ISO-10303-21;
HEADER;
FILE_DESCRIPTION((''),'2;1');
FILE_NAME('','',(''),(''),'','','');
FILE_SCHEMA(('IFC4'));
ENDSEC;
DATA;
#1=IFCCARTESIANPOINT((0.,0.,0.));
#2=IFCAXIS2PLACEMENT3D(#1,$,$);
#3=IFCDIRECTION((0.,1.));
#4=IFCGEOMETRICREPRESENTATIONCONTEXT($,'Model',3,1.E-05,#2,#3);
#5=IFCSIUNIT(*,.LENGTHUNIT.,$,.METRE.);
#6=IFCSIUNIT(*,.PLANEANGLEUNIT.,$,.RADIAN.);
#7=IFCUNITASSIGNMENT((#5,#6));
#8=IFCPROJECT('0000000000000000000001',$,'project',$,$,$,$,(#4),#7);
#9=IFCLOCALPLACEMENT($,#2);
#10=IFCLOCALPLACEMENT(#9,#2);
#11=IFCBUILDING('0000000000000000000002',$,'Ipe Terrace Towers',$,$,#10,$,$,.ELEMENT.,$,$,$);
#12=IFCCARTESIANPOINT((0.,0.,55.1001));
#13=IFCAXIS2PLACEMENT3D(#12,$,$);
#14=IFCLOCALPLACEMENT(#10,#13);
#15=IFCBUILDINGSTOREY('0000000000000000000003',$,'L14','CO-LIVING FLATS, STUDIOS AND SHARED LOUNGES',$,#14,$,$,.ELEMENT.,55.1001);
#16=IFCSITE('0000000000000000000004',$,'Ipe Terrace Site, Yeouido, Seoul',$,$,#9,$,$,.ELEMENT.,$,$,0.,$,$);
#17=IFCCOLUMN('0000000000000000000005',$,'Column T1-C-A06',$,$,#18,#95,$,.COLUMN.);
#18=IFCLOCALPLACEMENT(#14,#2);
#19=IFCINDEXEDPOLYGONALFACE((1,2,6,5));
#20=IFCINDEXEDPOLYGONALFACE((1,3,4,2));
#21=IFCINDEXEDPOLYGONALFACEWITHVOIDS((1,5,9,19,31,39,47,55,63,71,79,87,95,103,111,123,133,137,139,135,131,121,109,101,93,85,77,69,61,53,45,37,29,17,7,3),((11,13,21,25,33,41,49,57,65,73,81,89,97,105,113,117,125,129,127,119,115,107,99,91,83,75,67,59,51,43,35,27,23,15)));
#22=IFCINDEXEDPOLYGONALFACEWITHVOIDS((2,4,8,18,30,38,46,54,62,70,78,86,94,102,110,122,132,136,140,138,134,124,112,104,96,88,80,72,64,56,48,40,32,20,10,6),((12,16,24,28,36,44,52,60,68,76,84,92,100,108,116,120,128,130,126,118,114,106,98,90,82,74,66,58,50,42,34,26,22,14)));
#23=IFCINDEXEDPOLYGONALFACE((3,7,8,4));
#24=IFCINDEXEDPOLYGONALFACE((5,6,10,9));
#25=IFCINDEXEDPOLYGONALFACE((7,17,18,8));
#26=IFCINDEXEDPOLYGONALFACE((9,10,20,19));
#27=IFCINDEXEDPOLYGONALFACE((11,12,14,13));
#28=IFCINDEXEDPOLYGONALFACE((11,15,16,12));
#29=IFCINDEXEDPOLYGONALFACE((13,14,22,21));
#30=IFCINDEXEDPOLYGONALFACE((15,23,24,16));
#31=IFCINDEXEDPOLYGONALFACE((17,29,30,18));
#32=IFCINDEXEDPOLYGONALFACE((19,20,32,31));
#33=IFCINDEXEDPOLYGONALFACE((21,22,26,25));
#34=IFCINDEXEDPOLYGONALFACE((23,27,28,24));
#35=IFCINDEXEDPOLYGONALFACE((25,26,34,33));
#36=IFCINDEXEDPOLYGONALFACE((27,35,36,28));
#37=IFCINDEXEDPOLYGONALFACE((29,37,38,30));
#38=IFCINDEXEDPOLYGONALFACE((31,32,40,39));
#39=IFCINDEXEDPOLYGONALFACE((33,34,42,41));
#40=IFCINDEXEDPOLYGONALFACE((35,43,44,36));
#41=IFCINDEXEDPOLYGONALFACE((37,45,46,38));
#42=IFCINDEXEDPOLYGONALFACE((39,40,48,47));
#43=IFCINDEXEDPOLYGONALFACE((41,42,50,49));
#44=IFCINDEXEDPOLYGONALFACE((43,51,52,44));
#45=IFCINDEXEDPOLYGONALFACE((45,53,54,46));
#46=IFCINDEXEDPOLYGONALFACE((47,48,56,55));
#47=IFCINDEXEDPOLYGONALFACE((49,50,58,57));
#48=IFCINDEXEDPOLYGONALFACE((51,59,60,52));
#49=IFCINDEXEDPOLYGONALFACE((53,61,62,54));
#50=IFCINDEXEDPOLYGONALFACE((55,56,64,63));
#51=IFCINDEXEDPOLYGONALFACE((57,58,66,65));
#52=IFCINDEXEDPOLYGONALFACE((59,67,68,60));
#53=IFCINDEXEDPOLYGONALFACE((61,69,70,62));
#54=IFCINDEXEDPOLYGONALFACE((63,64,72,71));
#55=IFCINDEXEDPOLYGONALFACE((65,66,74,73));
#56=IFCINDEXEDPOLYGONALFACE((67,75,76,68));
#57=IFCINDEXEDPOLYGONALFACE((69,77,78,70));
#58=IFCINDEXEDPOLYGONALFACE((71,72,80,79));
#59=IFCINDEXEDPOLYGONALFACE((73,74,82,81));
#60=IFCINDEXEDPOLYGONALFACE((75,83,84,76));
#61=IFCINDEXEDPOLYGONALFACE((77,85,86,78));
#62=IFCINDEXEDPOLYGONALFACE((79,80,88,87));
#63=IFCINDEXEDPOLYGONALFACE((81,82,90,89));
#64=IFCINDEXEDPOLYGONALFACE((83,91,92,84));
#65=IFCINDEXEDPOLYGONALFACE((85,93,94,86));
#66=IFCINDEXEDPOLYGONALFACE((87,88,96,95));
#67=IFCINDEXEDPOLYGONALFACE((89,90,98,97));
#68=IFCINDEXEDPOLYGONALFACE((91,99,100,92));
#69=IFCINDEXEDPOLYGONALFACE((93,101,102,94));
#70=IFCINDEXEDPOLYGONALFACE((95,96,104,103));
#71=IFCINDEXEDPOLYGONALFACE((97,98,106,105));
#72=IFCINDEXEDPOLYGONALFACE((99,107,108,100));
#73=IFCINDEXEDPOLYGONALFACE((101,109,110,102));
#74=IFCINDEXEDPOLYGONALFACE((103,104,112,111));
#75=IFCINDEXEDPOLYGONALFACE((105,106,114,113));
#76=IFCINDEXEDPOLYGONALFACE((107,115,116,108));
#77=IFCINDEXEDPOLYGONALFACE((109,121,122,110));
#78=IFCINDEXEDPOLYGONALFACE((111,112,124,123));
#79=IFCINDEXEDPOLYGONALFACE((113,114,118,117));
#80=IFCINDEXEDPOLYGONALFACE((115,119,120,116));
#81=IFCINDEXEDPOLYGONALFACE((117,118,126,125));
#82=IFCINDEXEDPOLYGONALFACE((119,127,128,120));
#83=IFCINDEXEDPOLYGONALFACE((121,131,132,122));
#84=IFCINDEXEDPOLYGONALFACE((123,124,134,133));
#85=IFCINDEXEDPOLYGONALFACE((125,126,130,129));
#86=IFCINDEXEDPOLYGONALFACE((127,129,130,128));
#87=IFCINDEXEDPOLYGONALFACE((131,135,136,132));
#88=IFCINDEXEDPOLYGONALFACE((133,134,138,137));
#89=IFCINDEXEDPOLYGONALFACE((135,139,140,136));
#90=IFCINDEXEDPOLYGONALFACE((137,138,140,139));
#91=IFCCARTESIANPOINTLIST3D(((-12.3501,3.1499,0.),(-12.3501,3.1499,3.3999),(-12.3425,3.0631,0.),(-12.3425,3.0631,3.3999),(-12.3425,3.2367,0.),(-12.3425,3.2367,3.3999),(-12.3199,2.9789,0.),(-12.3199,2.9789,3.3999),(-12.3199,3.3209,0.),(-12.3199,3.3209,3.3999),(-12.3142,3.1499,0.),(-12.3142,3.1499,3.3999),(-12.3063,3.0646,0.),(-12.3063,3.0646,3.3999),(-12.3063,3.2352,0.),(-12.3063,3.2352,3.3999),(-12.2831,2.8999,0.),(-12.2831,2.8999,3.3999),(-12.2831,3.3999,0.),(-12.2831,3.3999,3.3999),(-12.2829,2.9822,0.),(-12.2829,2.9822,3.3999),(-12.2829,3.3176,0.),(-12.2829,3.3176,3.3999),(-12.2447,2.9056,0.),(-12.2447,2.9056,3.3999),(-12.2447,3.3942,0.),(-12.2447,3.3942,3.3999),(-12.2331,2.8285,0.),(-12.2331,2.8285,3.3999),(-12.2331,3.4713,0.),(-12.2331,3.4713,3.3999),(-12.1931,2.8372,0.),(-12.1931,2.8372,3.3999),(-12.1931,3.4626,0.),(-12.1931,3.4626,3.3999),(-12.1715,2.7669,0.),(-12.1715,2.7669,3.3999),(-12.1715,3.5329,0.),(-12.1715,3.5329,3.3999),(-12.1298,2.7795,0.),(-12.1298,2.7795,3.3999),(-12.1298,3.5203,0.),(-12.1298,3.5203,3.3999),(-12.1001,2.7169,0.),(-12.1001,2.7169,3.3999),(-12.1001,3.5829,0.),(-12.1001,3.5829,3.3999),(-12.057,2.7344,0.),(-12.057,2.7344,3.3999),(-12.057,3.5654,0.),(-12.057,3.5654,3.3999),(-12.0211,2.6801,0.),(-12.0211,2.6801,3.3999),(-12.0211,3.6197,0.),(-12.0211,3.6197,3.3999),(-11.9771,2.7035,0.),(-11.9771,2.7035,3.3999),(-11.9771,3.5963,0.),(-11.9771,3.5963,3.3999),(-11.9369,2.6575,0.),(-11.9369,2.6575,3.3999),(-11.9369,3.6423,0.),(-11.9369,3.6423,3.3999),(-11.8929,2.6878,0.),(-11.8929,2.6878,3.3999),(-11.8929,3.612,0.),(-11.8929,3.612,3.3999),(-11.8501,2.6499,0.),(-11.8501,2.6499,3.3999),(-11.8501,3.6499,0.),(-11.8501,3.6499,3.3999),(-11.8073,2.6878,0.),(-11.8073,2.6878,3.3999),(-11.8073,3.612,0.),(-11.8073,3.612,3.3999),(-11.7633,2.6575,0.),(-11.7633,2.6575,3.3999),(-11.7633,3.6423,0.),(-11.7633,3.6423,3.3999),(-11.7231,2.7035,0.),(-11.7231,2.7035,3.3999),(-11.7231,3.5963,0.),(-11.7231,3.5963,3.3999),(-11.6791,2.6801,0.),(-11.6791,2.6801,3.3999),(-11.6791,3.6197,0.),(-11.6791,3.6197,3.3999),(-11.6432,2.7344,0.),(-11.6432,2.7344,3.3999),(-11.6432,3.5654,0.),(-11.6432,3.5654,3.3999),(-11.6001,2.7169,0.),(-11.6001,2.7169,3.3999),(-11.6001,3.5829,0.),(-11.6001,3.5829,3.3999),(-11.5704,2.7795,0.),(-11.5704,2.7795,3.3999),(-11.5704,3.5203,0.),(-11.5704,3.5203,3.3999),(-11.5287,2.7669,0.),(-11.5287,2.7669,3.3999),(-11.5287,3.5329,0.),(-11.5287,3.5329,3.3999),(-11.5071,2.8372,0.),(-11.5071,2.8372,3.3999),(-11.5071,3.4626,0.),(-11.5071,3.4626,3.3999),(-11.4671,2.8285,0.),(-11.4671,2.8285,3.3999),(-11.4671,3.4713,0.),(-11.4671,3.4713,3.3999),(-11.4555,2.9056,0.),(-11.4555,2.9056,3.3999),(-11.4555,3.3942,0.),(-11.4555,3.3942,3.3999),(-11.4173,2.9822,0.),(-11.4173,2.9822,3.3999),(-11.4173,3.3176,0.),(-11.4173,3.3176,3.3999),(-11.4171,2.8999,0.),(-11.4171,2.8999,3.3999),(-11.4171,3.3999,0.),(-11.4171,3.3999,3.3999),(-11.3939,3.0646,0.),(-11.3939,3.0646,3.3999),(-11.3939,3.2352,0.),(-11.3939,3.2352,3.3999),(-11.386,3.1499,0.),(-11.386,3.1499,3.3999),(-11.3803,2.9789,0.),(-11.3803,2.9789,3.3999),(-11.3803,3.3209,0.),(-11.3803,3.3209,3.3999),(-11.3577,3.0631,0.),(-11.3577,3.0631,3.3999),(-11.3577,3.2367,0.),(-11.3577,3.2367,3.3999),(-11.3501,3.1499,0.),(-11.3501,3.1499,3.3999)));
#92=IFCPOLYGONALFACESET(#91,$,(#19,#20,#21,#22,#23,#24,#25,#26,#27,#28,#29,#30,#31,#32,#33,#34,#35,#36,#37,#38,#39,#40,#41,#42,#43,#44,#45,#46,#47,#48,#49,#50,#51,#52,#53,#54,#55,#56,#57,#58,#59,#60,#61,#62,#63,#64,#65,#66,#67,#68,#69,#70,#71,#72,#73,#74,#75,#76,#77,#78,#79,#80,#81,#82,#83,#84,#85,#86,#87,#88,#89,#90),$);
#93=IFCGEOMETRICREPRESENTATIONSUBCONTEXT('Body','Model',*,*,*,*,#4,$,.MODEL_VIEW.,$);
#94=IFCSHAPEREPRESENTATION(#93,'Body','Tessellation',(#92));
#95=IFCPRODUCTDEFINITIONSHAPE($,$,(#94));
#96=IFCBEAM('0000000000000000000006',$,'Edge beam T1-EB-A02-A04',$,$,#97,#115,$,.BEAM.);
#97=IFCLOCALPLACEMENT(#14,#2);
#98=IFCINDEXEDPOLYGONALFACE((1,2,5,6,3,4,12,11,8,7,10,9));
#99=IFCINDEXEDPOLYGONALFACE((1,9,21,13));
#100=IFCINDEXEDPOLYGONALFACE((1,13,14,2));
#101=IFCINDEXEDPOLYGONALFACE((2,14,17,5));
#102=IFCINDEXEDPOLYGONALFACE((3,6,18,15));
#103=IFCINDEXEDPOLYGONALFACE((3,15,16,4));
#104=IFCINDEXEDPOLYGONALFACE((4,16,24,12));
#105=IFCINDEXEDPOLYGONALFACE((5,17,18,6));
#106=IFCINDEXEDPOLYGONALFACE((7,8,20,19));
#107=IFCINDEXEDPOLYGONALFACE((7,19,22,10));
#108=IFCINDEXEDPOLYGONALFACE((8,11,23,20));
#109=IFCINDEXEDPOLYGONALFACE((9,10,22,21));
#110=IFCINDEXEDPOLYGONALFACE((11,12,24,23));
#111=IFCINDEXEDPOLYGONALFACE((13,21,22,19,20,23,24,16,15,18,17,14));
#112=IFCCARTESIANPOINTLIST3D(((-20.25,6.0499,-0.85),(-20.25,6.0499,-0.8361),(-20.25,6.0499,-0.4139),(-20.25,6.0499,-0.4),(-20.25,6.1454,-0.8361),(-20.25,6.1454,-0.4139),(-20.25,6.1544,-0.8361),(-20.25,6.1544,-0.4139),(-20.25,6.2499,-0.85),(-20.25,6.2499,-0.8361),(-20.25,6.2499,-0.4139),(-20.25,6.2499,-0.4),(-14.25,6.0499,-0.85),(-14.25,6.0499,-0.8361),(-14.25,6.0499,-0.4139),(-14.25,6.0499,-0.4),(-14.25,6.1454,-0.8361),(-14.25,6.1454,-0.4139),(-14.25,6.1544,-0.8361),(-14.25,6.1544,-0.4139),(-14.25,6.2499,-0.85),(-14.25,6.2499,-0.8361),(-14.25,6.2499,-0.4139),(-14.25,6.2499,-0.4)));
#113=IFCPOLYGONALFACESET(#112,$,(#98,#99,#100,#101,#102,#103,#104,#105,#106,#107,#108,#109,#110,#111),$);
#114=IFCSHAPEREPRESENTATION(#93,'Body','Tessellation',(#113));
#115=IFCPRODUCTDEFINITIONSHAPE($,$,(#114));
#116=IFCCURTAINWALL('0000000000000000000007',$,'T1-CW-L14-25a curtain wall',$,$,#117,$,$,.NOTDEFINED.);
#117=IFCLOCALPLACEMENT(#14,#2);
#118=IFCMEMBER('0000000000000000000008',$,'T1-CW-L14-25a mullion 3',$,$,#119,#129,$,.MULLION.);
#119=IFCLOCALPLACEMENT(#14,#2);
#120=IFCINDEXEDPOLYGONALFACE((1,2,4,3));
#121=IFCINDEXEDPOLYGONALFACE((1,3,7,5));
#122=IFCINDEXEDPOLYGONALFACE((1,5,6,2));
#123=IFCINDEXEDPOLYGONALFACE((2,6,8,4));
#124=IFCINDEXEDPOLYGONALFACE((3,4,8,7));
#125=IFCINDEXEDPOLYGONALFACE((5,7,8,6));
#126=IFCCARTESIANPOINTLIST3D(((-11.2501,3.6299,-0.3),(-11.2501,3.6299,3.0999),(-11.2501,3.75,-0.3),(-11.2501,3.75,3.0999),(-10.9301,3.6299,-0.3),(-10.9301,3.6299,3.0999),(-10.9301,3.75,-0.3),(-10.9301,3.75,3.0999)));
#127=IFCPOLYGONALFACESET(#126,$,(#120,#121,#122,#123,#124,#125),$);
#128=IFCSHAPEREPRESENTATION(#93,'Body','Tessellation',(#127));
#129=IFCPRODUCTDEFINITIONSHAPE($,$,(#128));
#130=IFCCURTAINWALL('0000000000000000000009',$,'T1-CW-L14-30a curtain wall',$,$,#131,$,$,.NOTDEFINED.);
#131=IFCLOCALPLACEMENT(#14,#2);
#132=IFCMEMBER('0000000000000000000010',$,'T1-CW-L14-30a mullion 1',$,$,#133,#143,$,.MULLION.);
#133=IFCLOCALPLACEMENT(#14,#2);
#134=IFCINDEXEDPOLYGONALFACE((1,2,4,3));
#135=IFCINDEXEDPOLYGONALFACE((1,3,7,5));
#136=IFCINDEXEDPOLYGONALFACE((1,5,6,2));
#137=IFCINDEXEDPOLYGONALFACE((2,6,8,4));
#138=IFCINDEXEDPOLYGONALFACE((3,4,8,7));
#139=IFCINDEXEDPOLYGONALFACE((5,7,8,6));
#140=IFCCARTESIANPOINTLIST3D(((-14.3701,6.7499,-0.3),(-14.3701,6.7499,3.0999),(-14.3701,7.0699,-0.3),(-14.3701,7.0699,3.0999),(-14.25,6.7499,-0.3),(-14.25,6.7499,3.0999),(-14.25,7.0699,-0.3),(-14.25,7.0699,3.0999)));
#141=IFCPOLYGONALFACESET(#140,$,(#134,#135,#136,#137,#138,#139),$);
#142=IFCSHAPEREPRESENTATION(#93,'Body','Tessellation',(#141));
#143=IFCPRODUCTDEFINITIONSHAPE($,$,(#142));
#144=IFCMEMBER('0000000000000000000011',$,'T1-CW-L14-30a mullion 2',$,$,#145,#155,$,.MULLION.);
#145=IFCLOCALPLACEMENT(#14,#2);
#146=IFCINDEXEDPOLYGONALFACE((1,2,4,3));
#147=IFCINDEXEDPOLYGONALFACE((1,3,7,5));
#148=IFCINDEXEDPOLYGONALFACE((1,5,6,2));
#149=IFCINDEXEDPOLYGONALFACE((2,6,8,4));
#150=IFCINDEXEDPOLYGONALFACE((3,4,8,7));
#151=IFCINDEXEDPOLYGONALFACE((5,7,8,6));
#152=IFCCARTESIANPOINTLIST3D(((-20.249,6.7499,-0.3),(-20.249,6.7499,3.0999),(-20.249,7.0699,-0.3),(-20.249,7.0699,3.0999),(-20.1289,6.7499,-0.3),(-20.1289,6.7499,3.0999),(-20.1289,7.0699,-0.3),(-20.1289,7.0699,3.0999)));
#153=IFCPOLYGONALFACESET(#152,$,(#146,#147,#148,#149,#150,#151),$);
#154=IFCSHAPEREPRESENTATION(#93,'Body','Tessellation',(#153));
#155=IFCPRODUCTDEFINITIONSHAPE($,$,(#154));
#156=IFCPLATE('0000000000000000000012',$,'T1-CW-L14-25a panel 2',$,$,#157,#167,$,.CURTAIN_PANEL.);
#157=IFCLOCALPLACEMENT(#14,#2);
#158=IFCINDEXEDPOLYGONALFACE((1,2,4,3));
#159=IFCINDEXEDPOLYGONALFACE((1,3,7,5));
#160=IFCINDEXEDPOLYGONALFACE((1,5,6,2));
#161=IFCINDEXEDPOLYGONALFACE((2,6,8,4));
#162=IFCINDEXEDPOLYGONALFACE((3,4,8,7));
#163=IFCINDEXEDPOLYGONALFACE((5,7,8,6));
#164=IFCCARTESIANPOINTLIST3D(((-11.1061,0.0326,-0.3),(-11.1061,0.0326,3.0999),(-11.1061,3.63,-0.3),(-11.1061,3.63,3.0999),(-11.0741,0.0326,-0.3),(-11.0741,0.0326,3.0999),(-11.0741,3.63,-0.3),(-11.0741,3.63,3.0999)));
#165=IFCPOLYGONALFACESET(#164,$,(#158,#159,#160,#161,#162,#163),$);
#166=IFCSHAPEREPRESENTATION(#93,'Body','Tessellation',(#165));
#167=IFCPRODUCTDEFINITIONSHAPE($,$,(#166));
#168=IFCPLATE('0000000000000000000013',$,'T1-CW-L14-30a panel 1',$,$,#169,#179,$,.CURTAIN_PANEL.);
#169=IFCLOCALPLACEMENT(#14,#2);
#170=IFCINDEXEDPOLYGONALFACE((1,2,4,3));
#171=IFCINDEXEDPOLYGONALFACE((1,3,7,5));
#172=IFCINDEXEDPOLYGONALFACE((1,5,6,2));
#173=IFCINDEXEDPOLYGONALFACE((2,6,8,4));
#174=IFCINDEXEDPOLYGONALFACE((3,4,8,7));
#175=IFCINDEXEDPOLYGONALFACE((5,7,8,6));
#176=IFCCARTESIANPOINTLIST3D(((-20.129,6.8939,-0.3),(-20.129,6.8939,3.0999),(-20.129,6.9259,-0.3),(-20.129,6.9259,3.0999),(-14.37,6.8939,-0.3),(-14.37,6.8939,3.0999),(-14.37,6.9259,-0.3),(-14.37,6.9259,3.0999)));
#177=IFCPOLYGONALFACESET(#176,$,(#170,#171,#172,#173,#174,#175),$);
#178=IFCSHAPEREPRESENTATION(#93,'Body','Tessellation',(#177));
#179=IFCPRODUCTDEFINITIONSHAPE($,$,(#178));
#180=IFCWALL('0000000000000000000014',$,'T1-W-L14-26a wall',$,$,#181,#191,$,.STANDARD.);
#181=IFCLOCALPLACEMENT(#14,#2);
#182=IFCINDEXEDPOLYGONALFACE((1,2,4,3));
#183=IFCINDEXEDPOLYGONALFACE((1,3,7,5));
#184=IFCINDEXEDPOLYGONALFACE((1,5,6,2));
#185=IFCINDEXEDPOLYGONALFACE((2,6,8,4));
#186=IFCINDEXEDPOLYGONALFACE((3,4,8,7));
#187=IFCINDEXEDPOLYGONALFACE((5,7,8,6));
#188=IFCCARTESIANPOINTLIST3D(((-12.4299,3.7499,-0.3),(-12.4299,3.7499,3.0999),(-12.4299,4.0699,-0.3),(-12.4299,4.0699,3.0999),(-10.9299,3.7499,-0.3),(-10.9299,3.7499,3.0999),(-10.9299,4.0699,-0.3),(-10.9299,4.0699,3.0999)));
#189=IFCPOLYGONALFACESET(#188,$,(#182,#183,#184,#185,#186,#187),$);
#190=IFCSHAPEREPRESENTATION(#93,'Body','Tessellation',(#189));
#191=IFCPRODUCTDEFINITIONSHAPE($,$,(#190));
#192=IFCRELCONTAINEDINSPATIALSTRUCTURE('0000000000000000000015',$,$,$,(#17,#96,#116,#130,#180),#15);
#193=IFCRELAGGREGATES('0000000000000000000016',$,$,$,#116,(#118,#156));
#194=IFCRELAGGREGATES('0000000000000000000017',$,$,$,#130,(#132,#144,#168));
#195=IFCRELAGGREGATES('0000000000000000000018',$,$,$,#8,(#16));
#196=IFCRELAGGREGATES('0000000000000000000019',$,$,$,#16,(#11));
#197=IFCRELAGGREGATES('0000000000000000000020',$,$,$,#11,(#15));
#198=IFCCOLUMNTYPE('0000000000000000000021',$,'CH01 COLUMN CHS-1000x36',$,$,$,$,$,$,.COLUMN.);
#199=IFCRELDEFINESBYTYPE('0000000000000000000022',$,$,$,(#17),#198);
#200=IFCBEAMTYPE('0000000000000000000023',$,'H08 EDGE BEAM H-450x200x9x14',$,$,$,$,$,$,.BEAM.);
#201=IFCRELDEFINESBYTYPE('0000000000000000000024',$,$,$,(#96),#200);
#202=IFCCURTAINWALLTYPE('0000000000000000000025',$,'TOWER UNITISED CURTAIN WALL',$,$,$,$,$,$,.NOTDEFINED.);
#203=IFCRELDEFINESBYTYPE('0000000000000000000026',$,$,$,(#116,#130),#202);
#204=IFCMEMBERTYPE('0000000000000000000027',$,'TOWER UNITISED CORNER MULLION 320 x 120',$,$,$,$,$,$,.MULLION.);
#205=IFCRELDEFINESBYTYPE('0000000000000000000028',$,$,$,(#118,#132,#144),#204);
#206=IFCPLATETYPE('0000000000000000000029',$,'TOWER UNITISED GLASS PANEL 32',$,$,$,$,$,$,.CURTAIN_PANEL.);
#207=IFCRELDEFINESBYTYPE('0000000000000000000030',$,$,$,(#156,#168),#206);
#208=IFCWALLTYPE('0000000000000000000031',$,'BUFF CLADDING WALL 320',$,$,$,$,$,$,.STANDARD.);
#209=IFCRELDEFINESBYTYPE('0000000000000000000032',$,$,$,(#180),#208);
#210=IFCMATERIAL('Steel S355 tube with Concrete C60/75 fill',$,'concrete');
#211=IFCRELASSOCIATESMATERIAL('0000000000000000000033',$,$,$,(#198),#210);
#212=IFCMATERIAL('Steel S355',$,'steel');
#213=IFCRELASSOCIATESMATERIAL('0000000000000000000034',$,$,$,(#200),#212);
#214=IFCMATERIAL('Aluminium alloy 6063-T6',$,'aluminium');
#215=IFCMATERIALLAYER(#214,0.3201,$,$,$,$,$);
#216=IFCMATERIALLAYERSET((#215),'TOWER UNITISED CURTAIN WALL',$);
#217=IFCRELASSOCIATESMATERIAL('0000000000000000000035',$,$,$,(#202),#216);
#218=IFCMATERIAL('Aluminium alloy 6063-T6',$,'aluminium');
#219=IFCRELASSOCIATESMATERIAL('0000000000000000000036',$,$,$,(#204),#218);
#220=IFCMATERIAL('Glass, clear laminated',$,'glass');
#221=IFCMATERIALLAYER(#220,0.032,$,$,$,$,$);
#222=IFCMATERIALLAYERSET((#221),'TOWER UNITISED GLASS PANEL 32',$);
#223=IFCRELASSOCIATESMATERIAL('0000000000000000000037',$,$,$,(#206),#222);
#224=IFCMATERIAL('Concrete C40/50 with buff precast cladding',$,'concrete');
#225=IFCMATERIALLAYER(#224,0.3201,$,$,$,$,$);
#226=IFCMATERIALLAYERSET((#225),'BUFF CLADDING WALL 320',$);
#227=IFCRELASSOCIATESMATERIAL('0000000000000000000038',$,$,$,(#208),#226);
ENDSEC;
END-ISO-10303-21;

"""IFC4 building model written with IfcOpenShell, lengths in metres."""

from ifc_helpers import new_model, si_unit, direction, frame, frame_2d, origin, origin_2d, place, context, subcontext, project, spatial, rectangle, hollow_circle, i_section, extrude, material, layer, layer_set, material_profile, profile_set, type_object, element, aggregate, save


model = new_model("IFC4")

# Units and contexts
model_context = context("Model", 3, precision=1e-05, world=origin(), true_north=direction((0.0, 1.0)))
body_context = subcontext(model_context, "Body", "Model", "MODEL_VIEW")
ifc_project = project(units=[si_unit("LENGTHUNIT", "METRE"), si_unit("PLANEANGLEUNIT", "RADIAN")], contexts=[model_context])

# Site, building, storey
site_placement = place(None, origin())
site = spatial("IfcSite", under=ifc_project, at=site_placement, Name="Ipe Terrace Site, Yeouido, Seoul", CompositionType="ELEMENT", RefElevation=0.0)
building_placement = place(site_placement, origin())
building = spatial("IfcBuilding", under=site, at=building_placement, Name="Ipe Terrace Towers", CompositionType="ELEMENT")
storey_placement = place(building_placement, frame((0.0, 0.0, 55.1001)))
storey = spatial("IfcBuildingStorey", under=building, at=storey_placement, Name="L14", Description="CO-LIVING FLATS, STUDIOS AND SHARED LOUNGES", CompositionType="ELEMENT", Elevation=55.1001)

# Column
ifc_material_1 = material(Name="Steel S355 tube with Concrete C60/75 fill", Category="concrete")
ifc_material_profile_1 = material_profile(ifc_material_1, hollow_circle(Radius=0.5, WallThickness=0.0359, at=origin_2d()), Name="CHS-1000x36")
ifc_profile_set_1 = profile_set([ifc_material_profile_1], Name="Steel S355 tube with Concrete C60/75 fill")
column_type = type_object("IfcColumnType", Name="CH01 COLUMN CHS-1000x36", PredefinedType="COLUMN", material=ifc_profile_set_1)
for number, where, z_axis, x_axis, name in (
    (1, (-11.8501, 3.1499, 0.0), (0.0, 0.0, 1.0), (1.0, 0.0, 0.0), "Column T1-C-A06"),
):
    element("IfcColumn", number, at=place(storey_placement, frame(where, z_axis=z_axis, x_axis=x_axis)), inside=storey, type_object=column_type, Name=name, PredefinedType="COLUMN", context=body_context, shape_type="SweptSolid", body=[
        extrude(hollow_circle(Radius=0.5, WallThickness=0.0359, at=origin_2d()), origin(), (0.0, 0.0, 1.0), 3.3999),
    ])

# Beam
ifc_material_2 = material(Name="Steel S355", Category="steel")
ifc_material_profile_2 = material_profile(ifc_material_2, i_section(OverallWidth=0.2, OverallDepth=0.45, WebThickness=0.009, FlangeThickness=0.0139, at=origin_2d()), Name="H-450x200x9x14")
ifc_profile_set_2 = profile_set([ifc_material_profile_2], Name="Steel S355")
beam_type = type_object("IfcBeamType", Name="H08 EDGE BEAM H-450x200x9x14", PredefinedType="BEAM", material=ifc_profile_set_2)
beam_placement = place(storey_placement, frame((-20.25, 6.1499, -0.625), z_axis=(1.0, 0.0, 0.0), x_axis=(0.0, 1.0, 0.0)))
element("IfcBeam", 2, at=beam_placement, inside=storey, type_object=beam_type, Name="Edge beam T1-EB-A02-A04", PredefinedType="BEAM", context=body_context, shape_type="SweptSolid", body=[
    extrude(i_section(OverallWidth=0.2, OverallDepth=0.45, WebThickness=0.009, FlangeThickness=0.0139, at=origin_2d()), origin(), (0.0, 0.0, 1.0), 6.0),
])

# Curtain wall, member
ifc_material_3 = material(Name="Aluminium alloy 6063-T6", Category="aluminium")
ifc_layer_1 = layer(ifc_material_3, 0.3201)
ifc_layer_set_1 = layer_set([ifc_layer_1], Name="TOWER UNITISED CURTAIN WALL")
curtain_wall_type = type_object("IfcCurtainWallType", Name="TOWER UNITISED CURTAIN WALL", PredefinedType="NOTDEFINED", material=ifc_layer_set_1)
curtain_wall_1_placement = place(storey_placement, origin())
curtain_wall_1 = element("IfcCurtainWall", 3, at=curtain_wall_1_placement, inside=storey, type_object=curtain_wall_type, Name="T1-CW-L14-25a curtain wall", PredefinedType="NOTDEFINED")
ifc_material_4 = material(Name="Aluminium alloy 6063-T6", Category="aluminium")
ifc_material_profile_3 = material_profile(ifc_material_4, rectangle(XDim=0.3201, YDim=0.1201, at=origin_2d()), Name="TOWER UNITISED CORNER MULLION 320 x 120")
ifc_profile_set_3 = profile_set([ifc_material_profile_3], Name="Aluminium alloy 6063-T6")
member_type = type_object("IfcMemberType", Name="TOWER UNITISED CORNER MULLION 320 x 120", PredefinedType="MULLION", material=ifc_profile_set_3)
member_1_placement = place(storey_placement, frame((-11.0901, 3.6899, -0.3), z_axis=(0.0, 0.0, 1.0), x_axis=(1.0, 0.0, 0.0)))
member_1 = element("IfcMember", 4, at=member_1_placement, type_object=member_type, Name="T1-CW-L14-25a mullion 3", PredefinedType="MULLION", context=body_context, shape_type="SweptSolid", body=[
    extrude(rectangle(XDim=0.3201, YDim=0.1201, at=origin_2d()), origin(), (0.0, 0.0, 1.0), 3.3999),
])

# Curtain wall, members
curtain_wall_2_placement = place(storey_placement, origin())
curtain_wall_2 = element("IfcCurtainWall", 5, at=curtain_wall_2_placement, inside=storey, type_object=curtain_wall_type, Name="T1-CW-L14-30a curtain wall", PredefinedType="NOTDEFINED")
member_2_placement = place(storey_placement, frame((-14.3101, 6.9099, -0.3), z_axis=(0.0, 0.0, 1.0), x_axis=(0.0, 1.0, 0.0)))
member_2 = element("IfcMember", 6, at=member_2_placement, type_object=member_type, Name="T1-CW-L14-30a mullion 1", PredefinedType="MULLION", context=body_context, shape_type="SweptSolid", body=[
    extrude(rectangle(XDim=0.3201, YDim=0.1201, at=origin_2d()), origin(), (0.0, 0.0, 1.0), 3.3999),
])
member_3_placement = place(storey_placement, frame((-20.189, 6.9099, -0.3), z_axis=(0.0, 0.0, 1.0), x_axis=(0.0, 1.0, 0.0)))
member_3 = element("IfcMember", 7, at=member_3_placement, type_object=member_type, Name="T1-CW-L14-30a mullion 2", PredefinedType="MULLION", context=body_context, shape_type="SweptSolid", body=[
    extrude(rectangle(XDim=0.3201, YDim=0.1201, at=origin_2d()), origin(), (0.0, 0.0, 1.0), 3.3999),
])

# Plates
ifc_material_5 = material(Name="Glass, clear laminated", Category="glass")
ifc_layer_2 = layer(ifc_material_5, 0.032)
ifc_layer_set_2 = layer_set([ifc_layer_2], Name="TOWER UNITISED GLASS PANEL 32")
plate_type = type_object("IfcPlateType", Name="TOWER UNITISED GLASS PANEL 32", PredefinedType="CURTAIN_PANEL", material=ifc_layer_set_2)
plate_1_placement = place(storey_placement, frame((-11.0901, 1.8313, -0.3), z_axis=(0.0, 0.0, 1.0), x_axis=(0.0, 1.0, 0.0)))
plate_1 = element("IfcPlate", 8, at=plate_1_placement, type_object=plate_type, Name="T1-CW-L14-25a panel 2", PredefinedType="CURTAIN_PANEL", context=body_context, shape_type="SweptSolid", body=[
    extrude(rectangle(XDim=3.5974, YDim=0.032, at=origin_2d()), origin(), (0.0, 0.0, 1.0), 3.3999),
])
aggregate(curtain_wall_1, [member_1, plate_1])
plate_2_placement = place(storey_placement, frame((-17.2495, 6.9099, -0.3), z_axis=(0.0, 0.0, 1.0), x_axis=(-1.0, 0.0, 0.0)))
plate_2 = element("IfcPlate", 9, at=plate_2_placement, type_object=plate_type, Name="T1-CW-L14-30a panel 1", PredefinedType="CURTAIN_PANEL", context=body_context, shape_type="SweptSolid", body=[
    extrude(rectangle(XDim=5.759, YDim=0.032, at=origin_2d()), origin(), (0.0, 0.0, 1.0), 3.3999),
])
aggregate(curtain_wall_2, [member_2, member_3, plate_2])

# Wall
ifc_material_6 = material(Name="Concrete C40/50 with buff precast cladding", Category="concrete")
ifc_layer_3 = layer(ifc_material_6, 0.3201)
ifc_layer_set_3 = layer_set([ifc_layer_3], Name="BUFF CLADDING WALL 320")
wall_type_1 = type_object("IfcWallType", Name="BUFF CLADDING WALL 320", PredefinedType="STANDARD", material=ifc_layer_set_3)
wall_1_placement = place(storey_placement, frame((-10.9299, 3.9099, -0.3), z_axis=(0.0, 0.0, 1.0), x_axis=(-1.0, 0.0, 0.0)))
element("IfcWall", 10, at=wall_1_placement, inside=storey, type_object=wall_type_1, Name="T1-W-L14-26a wall", PredefinedType="STANDARD", context=body_context, shape_type="SweptSolid", body=[
    extrude(rectangle(XDim=1.5, YDim=0.3201, at=frame_2d((0.75, 0.0))), origin(), (0.0, 0.0, 1.0), 3.3999),
])

save(model, "model.ifc")
